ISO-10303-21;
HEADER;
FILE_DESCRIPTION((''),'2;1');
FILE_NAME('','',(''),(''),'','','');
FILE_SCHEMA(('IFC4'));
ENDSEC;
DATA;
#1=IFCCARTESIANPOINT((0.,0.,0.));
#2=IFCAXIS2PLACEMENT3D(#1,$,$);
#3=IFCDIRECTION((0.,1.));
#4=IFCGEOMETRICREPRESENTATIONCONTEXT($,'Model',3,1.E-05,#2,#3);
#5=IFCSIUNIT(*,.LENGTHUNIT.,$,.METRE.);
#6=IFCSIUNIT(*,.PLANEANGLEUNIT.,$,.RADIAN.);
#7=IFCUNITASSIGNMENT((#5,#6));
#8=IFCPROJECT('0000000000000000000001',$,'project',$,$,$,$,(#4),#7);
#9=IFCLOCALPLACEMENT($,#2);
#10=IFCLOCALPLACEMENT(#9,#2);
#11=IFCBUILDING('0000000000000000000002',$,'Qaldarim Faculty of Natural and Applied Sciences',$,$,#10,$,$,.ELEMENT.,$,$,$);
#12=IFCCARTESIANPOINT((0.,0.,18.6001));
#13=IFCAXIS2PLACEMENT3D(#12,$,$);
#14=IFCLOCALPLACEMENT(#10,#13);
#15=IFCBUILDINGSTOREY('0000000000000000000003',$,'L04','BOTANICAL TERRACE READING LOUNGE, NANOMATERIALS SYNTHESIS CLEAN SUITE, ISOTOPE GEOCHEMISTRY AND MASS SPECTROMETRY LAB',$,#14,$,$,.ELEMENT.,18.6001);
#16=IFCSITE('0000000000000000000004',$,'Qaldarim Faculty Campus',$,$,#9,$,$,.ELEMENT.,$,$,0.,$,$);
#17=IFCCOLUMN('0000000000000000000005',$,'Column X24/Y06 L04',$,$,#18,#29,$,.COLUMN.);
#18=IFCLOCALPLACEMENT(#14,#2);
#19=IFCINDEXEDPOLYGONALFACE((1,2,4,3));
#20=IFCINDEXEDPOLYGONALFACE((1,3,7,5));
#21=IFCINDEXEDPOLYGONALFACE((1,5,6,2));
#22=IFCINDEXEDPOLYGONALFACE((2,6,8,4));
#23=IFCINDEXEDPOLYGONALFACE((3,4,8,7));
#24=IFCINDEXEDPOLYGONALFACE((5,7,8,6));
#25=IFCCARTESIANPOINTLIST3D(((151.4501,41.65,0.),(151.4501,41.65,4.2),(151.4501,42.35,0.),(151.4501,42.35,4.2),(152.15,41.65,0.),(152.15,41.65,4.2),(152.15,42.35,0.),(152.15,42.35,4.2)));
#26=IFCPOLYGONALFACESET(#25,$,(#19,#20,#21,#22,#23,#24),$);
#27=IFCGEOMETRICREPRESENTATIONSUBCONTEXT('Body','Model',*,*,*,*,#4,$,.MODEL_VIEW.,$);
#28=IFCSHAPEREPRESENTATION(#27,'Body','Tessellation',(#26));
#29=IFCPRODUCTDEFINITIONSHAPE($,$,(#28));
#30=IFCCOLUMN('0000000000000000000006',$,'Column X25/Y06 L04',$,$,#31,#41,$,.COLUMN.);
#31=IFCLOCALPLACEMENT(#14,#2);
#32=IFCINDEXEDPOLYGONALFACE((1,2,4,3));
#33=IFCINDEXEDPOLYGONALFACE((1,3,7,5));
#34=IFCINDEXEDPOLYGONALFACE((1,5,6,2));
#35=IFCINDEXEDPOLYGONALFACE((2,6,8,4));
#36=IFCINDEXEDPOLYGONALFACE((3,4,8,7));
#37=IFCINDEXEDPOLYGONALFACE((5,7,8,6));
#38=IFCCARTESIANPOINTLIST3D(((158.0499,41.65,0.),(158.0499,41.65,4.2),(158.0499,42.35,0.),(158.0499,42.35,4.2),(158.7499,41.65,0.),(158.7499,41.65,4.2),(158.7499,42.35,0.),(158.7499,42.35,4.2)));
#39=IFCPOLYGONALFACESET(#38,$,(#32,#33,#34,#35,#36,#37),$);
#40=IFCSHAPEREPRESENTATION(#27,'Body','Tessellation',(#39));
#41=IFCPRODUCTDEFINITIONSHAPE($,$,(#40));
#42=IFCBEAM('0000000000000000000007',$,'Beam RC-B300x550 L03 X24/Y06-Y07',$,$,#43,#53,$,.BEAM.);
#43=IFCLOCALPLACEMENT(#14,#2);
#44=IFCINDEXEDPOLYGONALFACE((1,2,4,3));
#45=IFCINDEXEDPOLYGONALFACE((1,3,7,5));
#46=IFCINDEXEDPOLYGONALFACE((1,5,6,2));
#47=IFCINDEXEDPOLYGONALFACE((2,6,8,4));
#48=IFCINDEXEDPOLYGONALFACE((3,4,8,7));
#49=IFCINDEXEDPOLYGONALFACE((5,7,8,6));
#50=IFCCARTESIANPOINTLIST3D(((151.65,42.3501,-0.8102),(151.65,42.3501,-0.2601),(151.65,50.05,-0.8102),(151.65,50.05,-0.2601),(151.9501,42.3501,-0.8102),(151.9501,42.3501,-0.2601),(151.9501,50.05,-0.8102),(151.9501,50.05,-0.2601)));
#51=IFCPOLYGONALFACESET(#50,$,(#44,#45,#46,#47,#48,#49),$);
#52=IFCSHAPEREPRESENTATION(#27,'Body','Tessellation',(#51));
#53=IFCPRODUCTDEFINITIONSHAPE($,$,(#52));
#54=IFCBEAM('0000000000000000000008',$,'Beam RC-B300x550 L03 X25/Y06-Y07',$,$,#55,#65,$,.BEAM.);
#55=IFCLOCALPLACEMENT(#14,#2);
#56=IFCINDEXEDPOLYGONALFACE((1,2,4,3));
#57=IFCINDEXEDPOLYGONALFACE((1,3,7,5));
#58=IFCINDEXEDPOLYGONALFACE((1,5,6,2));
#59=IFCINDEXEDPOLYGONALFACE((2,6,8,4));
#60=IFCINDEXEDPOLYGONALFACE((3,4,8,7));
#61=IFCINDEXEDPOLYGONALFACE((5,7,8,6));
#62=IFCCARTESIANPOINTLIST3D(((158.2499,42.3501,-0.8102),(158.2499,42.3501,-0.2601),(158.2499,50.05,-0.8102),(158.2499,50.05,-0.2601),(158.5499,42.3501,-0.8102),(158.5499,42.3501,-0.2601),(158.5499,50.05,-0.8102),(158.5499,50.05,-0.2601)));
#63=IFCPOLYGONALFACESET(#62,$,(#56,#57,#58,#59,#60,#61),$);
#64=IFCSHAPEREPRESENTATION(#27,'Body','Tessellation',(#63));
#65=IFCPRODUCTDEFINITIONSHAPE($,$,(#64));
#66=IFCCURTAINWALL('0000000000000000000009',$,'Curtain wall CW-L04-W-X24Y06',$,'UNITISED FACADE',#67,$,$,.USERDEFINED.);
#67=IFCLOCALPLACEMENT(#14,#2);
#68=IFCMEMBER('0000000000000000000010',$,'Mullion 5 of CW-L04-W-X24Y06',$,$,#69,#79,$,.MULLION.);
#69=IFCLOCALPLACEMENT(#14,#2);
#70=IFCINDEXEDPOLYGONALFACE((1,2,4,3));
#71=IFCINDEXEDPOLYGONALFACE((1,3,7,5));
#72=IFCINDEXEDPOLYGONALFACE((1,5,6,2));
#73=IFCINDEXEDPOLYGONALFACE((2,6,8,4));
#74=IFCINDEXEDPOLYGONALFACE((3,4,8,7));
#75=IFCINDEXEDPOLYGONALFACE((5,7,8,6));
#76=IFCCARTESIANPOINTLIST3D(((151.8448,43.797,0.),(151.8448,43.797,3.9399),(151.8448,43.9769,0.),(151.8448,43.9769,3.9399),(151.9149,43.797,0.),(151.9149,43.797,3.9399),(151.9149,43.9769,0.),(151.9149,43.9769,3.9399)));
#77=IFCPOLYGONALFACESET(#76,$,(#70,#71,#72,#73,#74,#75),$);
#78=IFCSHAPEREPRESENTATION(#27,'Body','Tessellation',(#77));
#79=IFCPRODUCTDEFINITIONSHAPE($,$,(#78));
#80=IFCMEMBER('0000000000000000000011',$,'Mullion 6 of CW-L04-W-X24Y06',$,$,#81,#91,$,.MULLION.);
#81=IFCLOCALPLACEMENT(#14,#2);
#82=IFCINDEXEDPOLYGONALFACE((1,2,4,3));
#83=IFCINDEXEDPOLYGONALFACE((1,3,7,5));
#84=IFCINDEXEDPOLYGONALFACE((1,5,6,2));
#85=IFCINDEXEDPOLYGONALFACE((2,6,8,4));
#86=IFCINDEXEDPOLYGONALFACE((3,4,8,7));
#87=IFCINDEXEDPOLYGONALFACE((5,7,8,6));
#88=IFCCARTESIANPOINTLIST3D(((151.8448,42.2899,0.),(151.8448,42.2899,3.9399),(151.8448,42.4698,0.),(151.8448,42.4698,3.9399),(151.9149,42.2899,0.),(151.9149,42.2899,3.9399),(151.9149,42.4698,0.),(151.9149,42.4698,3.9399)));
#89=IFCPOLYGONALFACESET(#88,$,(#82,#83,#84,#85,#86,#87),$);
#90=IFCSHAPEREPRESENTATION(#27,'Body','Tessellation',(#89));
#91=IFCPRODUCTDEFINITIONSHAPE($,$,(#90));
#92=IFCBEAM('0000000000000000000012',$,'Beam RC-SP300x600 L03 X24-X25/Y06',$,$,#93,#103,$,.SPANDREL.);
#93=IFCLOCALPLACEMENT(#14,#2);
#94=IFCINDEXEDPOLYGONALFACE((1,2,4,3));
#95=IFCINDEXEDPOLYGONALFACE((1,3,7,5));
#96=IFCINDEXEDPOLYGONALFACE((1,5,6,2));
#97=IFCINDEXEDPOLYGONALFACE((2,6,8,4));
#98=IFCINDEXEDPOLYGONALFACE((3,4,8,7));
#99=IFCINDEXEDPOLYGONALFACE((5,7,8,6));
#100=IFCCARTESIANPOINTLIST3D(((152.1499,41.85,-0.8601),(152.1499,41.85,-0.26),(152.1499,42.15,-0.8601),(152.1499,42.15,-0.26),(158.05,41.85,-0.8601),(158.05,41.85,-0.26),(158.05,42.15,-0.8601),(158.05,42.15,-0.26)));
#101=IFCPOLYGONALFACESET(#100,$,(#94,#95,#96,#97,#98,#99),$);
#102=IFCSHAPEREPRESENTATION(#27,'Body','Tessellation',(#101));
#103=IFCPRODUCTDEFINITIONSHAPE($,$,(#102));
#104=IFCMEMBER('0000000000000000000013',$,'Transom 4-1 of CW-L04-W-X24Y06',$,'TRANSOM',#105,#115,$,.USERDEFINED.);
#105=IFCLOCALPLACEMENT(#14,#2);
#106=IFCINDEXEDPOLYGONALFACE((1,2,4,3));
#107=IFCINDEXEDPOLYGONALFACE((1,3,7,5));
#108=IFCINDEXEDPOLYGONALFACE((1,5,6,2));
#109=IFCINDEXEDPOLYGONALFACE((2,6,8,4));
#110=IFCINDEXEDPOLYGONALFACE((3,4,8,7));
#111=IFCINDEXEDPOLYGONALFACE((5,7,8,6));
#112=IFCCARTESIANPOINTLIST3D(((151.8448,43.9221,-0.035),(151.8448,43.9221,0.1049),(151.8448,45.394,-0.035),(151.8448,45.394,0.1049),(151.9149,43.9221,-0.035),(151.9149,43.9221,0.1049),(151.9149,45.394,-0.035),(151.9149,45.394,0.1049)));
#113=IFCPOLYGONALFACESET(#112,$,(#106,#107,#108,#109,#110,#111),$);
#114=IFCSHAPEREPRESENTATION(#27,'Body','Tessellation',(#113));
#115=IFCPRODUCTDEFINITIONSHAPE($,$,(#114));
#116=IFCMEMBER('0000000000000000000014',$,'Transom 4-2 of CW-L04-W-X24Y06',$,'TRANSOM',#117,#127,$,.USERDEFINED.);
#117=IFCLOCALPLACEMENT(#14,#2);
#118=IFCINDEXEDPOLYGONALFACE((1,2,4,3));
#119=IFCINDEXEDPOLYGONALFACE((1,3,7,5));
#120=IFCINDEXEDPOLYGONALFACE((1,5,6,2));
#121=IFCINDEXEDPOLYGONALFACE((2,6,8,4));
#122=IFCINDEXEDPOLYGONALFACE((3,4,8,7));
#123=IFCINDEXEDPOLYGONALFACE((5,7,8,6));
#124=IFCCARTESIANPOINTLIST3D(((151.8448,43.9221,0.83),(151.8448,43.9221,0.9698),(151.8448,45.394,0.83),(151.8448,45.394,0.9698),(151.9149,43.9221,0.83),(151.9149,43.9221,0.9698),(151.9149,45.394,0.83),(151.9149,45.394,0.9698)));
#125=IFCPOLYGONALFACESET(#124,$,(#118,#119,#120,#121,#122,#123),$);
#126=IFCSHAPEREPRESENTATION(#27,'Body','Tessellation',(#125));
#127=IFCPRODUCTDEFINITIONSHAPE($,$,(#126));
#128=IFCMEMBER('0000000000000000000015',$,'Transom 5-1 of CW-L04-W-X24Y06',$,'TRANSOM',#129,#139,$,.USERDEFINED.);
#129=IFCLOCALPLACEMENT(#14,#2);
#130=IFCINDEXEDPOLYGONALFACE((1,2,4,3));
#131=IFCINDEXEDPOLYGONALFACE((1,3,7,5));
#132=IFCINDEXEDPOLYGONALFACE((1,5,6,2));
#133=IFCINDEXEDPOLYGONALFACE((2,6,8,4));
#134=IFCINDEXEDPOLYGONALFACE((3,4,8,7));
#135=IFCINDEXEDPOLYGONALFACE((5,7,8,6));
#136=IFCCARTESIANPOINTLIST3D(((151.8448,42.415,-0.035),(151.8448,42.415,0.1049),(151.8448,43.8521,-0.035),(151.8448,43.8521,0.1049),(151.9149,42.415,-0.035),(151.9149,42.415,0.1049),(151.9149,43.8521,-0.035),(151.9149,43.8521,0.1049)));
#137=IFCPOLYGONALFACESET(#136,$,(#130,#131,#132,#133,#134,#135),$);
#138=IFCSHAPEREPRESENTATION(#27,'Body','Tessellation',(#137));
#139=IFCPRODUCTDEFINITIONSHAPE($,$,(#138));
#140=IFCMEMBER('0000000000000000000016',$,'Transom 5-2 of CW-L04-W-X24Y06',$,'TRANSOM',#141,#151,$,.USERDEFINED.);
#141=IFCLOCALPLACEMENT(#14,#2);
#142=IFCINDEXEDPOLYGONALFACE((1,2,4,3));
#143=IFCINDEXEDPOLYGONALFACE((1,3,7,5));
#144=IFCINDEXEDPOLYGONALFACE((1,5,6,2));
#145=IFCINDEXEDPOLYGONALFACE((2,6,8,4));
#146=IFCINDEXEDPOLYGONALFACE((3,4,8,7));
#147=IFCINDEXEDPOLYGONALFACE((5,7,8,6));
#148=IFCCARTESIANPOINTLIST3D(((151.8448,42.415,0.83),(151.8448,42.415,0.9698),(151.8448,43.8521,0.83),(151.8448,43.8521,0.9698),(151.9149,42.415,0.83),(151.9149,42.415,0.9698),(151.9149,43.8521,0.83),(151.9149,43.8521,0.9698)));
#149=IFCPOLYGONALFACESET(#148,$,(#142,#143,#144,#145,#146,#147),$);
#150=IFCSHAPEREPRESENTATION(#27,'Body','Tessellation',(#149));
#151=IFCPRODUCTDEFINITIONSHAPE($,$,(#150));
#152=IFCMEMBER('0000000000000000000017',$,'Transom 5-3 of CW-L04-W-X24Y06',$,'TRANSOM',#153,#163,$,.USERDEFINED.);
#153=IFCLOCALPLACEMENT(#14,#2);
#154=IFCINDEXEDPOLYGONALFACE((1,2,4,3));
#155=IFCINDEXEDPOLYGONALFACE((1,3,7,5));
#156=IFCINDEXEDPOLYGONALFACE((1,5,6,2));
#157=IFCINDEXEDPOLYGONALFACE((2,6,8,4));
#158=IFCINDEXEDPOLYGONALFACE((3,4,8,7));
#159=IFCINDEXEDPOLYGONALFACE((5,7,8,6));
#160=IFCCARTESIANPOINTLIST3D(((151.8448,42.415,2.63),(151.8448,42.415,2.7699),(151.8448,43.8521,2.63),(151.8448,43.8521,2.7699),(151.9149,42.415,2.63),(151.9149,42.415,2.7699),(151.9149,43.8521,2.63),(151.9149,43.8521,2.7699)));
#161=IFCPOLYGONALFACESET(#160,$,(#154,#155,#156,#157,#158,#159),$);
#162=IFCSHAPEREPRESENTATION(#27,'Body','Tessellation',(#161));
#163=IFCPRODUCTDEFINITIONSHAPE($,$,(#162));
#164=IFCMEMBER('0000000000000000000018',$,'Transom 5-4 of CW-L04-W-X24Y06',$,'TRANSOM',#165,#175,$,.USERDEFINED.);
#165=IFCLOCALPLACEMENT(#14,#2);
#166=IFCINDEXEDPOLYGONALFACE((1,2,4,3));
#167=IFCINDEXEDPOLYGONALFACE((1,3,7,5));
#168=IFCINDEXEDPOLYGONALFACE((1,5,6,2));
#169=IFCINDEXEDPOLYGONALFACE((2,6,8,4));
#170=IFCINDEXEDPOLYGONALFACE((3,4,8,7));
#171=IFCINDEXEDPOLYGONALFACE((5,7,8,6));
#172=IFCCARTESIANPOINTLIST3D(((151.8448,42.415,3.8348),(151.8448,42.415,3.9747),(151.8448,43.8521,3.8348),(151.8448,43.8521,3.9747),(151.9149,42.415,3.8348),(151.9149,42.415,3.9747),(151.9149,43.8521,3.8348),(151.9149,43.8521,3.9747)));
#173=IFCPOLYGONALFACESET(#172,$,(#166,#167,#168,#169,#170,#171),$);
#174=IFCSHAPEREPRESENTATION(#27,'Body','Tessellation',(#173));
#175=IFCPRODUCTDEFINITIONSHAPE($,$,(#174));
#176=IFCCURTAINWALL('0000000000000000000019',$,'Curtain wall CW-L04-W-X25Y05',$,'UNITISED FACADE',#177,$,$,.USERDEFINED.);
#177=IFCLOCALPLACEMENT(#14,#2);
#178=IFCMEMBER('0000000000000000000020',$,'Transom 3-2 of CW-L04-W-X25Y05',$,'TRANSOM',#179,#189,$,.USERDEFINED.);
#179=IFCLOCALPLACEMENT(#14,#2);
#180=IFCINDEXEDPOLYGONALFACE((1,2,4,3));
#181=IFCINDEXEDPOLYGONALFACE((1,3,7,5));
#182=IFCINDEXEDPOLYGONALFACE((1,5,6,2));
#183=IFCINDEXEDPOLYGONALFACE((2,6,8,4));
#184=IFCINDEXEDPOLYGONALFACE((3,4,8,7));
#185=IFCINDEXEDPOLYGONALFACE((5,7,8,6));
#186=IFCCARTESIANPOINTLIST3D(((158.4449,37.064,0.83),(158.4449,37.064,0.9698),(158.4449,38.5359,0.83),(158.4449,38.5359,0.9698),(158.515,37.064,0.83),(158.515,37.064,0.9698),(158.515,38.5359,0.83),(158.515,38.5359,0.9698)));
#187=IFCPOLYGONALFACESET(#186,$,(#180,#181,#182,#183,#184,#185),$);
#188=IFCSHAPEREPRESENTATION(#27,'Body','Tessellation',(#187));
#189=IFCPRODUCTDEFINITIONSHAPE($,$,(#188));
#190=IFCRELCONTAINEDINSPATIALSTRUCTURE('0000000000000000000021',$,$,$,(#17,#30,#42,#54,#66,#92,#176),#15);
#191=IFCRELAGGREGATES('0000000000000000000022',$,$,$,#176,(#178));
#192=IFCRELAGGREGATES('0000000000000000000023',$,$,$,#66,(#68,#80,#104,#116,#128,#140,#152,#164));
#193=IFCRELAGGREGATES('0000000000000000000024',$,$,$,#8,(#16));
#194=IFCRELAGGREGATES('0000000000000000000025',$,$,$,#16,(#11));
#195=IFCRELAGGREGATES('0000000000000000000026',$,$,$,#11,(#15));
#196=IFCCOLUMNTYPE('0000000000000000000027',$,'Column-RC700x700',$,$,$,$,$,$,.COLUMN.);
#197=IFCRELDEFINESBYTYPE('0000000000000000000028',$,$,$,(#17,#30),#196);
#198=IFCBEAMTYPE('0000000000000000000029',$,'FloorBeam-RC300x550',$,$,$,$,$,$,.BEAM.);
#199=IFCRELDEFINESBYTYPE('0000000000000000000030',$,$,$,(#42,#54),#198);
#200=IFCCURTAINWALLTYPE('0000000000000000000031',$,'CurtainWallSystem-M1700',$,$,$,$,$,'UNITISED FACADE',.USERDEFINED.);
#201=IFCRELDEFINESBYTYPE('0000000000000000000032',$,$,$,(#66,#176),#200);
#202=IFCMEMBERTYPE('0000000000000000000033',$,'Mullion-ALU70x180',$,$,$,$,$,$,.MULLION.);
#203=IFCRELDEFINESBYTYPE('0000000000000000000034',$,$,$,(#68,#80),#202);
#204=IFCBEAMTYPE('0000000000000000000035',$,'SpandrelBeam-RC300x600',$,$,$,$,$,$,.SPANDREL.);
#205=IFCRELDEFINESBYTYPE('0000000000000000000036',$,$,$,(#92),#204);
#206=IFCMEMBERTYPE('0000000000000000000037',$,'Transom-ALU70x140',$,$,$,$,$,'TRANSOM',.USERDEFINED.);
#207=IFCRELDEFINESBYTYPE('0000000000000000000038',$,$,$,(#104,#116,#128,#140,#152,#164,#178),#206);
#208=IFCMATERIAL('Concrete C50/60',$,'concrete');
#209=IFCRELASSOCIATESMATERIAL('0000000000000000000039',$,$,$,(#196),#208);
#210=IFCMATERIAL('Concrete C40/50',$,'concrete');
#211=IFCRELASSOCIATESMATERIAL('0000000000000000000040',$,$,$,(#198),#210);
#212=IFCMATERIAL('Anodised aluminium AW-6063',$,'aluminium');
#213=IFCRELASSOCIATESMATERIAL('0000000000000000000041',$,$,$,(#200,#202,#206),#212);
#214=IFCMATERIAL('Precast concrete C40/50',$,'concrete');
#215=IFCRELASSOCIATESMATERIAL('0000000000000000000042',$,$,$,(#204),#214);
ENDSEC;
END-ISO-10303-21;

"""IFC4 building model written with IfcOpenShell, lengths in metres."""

from ifc_helpers import new_model, si_unit, direction, frame, origin, origin_2d, place, context, subcontext, project, spatial, rectangle, extrude, material, material_profile, profile_set, type_object, element, aggregate, save


model = new_model("IFC4")

# Units and contexts
model_context = context("Model", 3, precision=1e-05, world=origin(), true_north=direction((0.0, 1.0)))
body_context = subcontext(model_context, "Body", "Model", "MODEL_VIEW")
ifc_project = project(units=[si_unit("LENGTHUNIT", "METRE"), si_unit("PLANEANGLEUNIT", "RADIAN")], contexts=[model_context])

# Site, building, storey
site_placement = place(None, origin())
site = spatial("IfcSite", under=ifc_project, at=site_placement, Name="Qaldarim Faculty Campus", CompositionType="ELEMENT", RefElevation=0.0)
building_placement = place(site_placement, origin())
building = spatial("IfcBuilding", under=site, at=building_placement, Name="Qaldarim Faculty of Natural and Applied Sciences", CompositionType="ELEMENT")
storey_placement = place(building_placement, frame((0.0, 0.0, 18.6001)))
storey = spatial("IfcBuildingStorey", under=building, at=storey_placement, Name="L04", Description="BOTANICAL TERRACE READING LOUNGE, NANOMATERIALS SYNTHESIS CLEAN SUITE, ISOTOPE GEOCHEMISTRY AND MASS SPECTROMETRY LAB", CompositionType="ELEMENT", Elevation=18.6001)

# Columns
ifc_material_1 = material(Name="Concrete C50/60", Category="concrete")
ifc_material_profile_1 = material_profile(ifc_material_1, rectangle(XDim=0.7, YDim=0.7, at=origin_2d()), Name="RC-C700x700")
ifc_profile_set_1 = profile_set([ifc_material_profile_1], Name="Concrete C50/60")
column_type = type_object("IfcColumnType", Name="Column-RC700x700", PredefinedType="COLUMN", material=ifc_profile_set_1)
for number, where, z_axis, x_axis, name in (
    (1, (151.8, 42.0, 0.0), (0.0, 0.0, 1.0), (1.0, 0.0, 0.0), "Column X24/Y06 L04"),
    (2, (158.3999, 42.0, 0.0), (0.0, 0.0, 1.0), (1.0, 0.0, 0.0), "Column X25/Y06 L04"),
):
    element("IfcColumn", number, at=place(storey_placement, frame(where, z_axis=z_axis, x_axis=x_axis)), inside=storey, type_object=column_type, Name=name, PredefinedType="COLUMN", context=body_context, shape_type="SweptSolid", body=[
        extrude(rectangle(XDim=0.7, YDim=0.7, at=origin_2d()), origin(), (0.0, 0.0, 1.0), 4.2),
    ])

# Beams
ifc_material_2 = material(Name="Concrete C40/50", Category="concrete")
ifc_material_profile_2 = material_profile(ifc_material_2, rectangle(XDim=0.3, YDim=0.55, at=origin_2d()), Name="RC-B300x550")
ifc_profile_set_2 = profile_set([ifc_material_profile_2], Name="Concrete C40/50")
beam_type_1 = type_object("IfcBeamType", Name="FloorBeam-RC300x550", PredefinedType="BEAM", material=ifc_profile_set_2)
for number, where, z_axis, x_axis, name in (
    (3, (151.8, 42.3501, -0.5352), (0.0, 1.0, 0.0), (-1.0, 0.0, 0.0), "Beam RC-B300x550 L03 X24/Y06-Y07"),
    (4, (158.3999, 42.3501, -0.5352), (0.0, 1.0, 0.0), (-1.0, 0.0, 0.0), "Beam RC-B300x550 L03 X25/Y06-Y07"),
):
    element("IfcBeam", number, at=place(storey_placement, frame(where, z_axis=z_axis, x_axis=x_axis)), inside=storey, type_object=beam_type_1, Name=name, PredefinedType="BEAM", context=body_context, shape_type="SweptSolid", body=[
        extrude(rectangle(XDim=0.3, YDim=0.55, at=origin_2d()), origin(), (0.0, 0.0, 1.0), 7.7),
    ])

# Curtain wall, members
ifc_material_3 = material(Name="Anodised aluminium AW-6063", Category="aluminium")
curtain_wall_type = type_object("IfcCurtainWallType", Name="CurtainWallSystem-M1700", ElementType="UNITISED FACADE", PredefinedType="USERDEFINED", material=ifc_material_3)
curtain_wall_1_placement = place(storey_placement, origin())
curtain_wall_1 = element("IfcCurtainWall", 5, at=curtain_wall_1_placement, inside=storey, type_object=curtain_wall_type, Name="Curtain wall CW-L04-W-X24Y06", ObjectType="UNITISED FACADE", PredefinedType="USERDEFINED")
ifc_material_profile_3 = material_profile(ifc_material_3, rectangle(XDim=0.0701, YDim=0.1799, at=origin_2d()), Name="ALU-M70x180")
ifc_profile_set_3 = profile_set([ifc_material_profile_3], Name="Anodised aluminium AW-6063")
member_type_1 = type_object("IfcMemberType", Name="Mullion-ALU70x180", PredefinedType="MULLION", material=ifc_profile_set_3)
member_1_placement = place(storey_placement, frame((151.8799, 43.887, 0.0), z_axis=(0.0, 0.0, 1.0), x_axis=(1.0, 0.0, 0.0)))
member_1 = element("IfcMember", 6, at=member_1_placement, type_object=member_type_1, Name="Mullion 5 of CW-L04-W-X24Y06", PredefinedType="MULLION", context=body_context, shape_type="SweptSolid", body=[
    extrude(rectangle(XDim=0.0701, YDim=0.1799, at=origin_2d()), origin(), (0.0, 0.0, 1.0), 3.9399),
])
member_2_placement = place(storey_placement, frame((151.8799, 42.3799, 0.0), z_axis=(0.0, 0.0, 1.0), x_axis=(1.0, 0.0, 0.0)))
member_2 = element("IfcMember", 7, at=member_2_placement, type_object=member_type_1, Name="Mullion 6 of CW-L04-W-X24Y06", PredefinedType="MULLION", context=body_context, shape_type="SweptSolid", body=[
    extrude(rectangle(XDim=0.0701, YDim=0.1799, at=origin_2d()), origin(), (0.0, 0.0, 1.0), 3.9399),
])

# Beam
ifc_material_4 = material(Name="Precast concrete C40/50", Category="concrete")
ifc_material_profile_4 = material_profile(ifc_material_4, rectangle(XDim=0.3, YDim=0.6001, at=origin_2d()), Name="RC-SP300x600")
ifc_profile_set_4 = profile_set([ifc_material_profile_4], Name="Precast concrete C40/50")
beam_type_2 = type_object("IfcBeamType", Name="SpandrelBeam-RC300x600", PredefinedType="SPANDREL", material=ifc_profile_set_4)
beam_placement = place(storey_placement, frame((152.1499, 42.0, -0.5601), z_axis=(1.0, 0.0, 0.0), x_axis=(0.0, 1.0, 0.0)))
element("IfcBeam", 8, at=beam_placement, inside=storey, type_object=beam_type_2, Name="Beam RC-SP300x600 L03 X24-X25/Y06", PredefinedType="SPANDREL", context=body_context, shape_type="SweptSolid", body=[
    extrude(rectangle(XDim=0.3, YDim=0.6001, at=origin_2d()), origin(), (0.0, 0.0, 1.0), 5.9001),
])

# Members
ifc_material_profile_5 = material_profile(ifc_material_3, rectangle(XDim=0.0701, YDim=0.1399, at=origin_2d()), Name="ALU-T70x140")
ifc_profile_set_5 = profile_set([ifc_material_profile_5], Name="Anodised aluminium AW-6063")
member_type_2 = type_object("IfcMemberType", Name="Transom-ALU70x140", ElementType="TRANSOM", PredefinedType="USERDEFINED", material=ifc_profile_set_5)
member_3_placement = place(storey_placement, frame((151.8799, 45.394, 0.0349), z_axis=(0.0, -1.0, 0.0), x_axis=(1.0, 0.0, 0.0)))
member_3 = element("IfcMember", 9, at=member_3_placement, type_object=member_type_2, Name="Transom 4-1 of CW-L04-W-X24Y06", ObjectType="TRANSOM", PredefinedType="USERDEFINED", context=body_context, shape_type="SweptSolid", body=[
    extrude(rectangle(XDim=0.0701, YDim=0.1399, at=origin_2d()), origin(), (0.0, 0.0, 1.0), 1.4719),
])
member_4_placement = place(storey_placement, frame((151.8799, 45.394, 0.8999), z_axis=(0.0, -1.0, 0.0), x_axis=(1.0, 0.0, 0.0)))
member_4 = element("IfcMember", 10, at=member_4_placement, type_object=member_type_2, Name="Transom 4-2 of CW-L04-W-X24Y06", ObjectType="TRANSOM", PredefinedType="USERDEFINED", context=body_context, shape_type="SweptSolid", body=[
    extrude(rectangle(XDim=0.0701, YDim=0.1399, at=origin_2d()), origin(), (0.0, 0.0, 1.0), 1.4719),
])
member_5_placement = place(storey_placement, frame((151.8799, 43.8521, 0.0349), z_axis=(0.0, -1.0, 0.0), x_axis=(1.0, 0.0, 0.0)))
member_5 = element("IfcMember", 11, at=member_5_placement, type_object=member_type_2, Name="Transom 5-1 of CW-L04-W-X24Y06", ObjectType="TRANSOM", PredefinedType="USERDEFINED", context=body_context, shape_type="SweptSolid", body=[
    extrude(rectangle(XDim=0.0701, YDim=0.1399, at=origin_2d()), origin(), (0.0, 0.0, 1.0), 1.437),
])
member_6_placement = place(storey_placement, frame((151.8799, 43.8521, 0.8999), z_axis=(0.0, -1.0, 0.0), x_axis=(1.0, 0.0, 0.0)))
member_6 = element("IfcMember", 12, at=member_6_placement, type_object=member_type_2, Name="Transom 5-2 of CW-L04-W-X24Y06", ObjectType="TRANSOM", PredefinedType="USERDEFINED", context=body_context, shape_type="SweptSolid", body=[
    extrude(rectangle(XDim=0.0701, YDim=0.1399, at=origin_2d()), origin(), (0.0, 0.0, 1.0), 1.437),
])
member_7_placement = place(storey_placement, frame((151.8799, 43.8521, 2.7), z_axis=(0.0, -1.0, 0.0), x_axis=(1.0, 0.0, 0.0)))
member_7 = element("IfcMember", 13, at=member_7_placement, type_object=member_type_2, Name="Transom 5-3 of CW-L04-W-X24Y06", ObjectType="TRANSOM", PredefinedType="USERDEFINED", context=body_context, shape_type="SweptSolid", body=[
    extrude(rectangle(XDim=0.0701, YDim=0.1399, at=origin_2d()), origin(), (0.0, 0.0, 1.0), 1.437),
])
member_8_placement = place(storey_placement, frame((151.8799, 43.8521, 3.9048), z_axis=(0.0, -1.0, 0.0), x_axis=(1.0, 0.0, 0.0)))
member_8 = element("IfcMember", 14, at=member_8_placement, type_object=member_type_2, Name="Transom 5-4 of CW-L04-W-X24Y06", ObjectType="TRANSOM", PredefinedType="USERDEFINED", context=body_context, shape_type="SweptSolid", body=[
    extrude(rectangle(XDim=0.0701, YDim=0.1399, at=origin_2d()), origin(), (0.0, 0.0, 1.0), 1.437),
])

# Curtain wall, member
curtain_wall_2_placement = place(storey_placement, origin())
curtain_wall_2 = element("IfcCurtainWall", 15, at=curtain_wall_2_placement, inside=storey, type_object=curtain_wall_type, Name="Curtain wall CW-L04-W-X25Y05", ObjectType="UNITISED FACADE", PredefinedType="USERDEFINED")
member_9_placement = place(storey_placement, frame((158.48, 38.5359, 0.8999), z_axis=(0.0, -1.0, 0.0), x_axis=(1.0, 0.0, 0.0)))
member_9 = element("IfcMember", 16, at=member_9_placement, type_object=member_type_2, Name="Transom 3-2 of CW-L04-W-X25Y05", ObjectType="TRANSOM", PredefinedType="USERDEFINED", context=body_context, shape_type="SweptSolid", body=[
    extrude(rectangle(XDim=0.0701, YDim=0.1399, at=origin_2d()), origin(), (0.0, 0.0, 1.0), 1.4719),
])
aggregate(curtain_wall_2, [member_9])

aggregate(curtain_wall_1, [member_1, member_2, member_3, member_4, member_5, member_6, member_7, member_8])

save(model, "model.ifc")
